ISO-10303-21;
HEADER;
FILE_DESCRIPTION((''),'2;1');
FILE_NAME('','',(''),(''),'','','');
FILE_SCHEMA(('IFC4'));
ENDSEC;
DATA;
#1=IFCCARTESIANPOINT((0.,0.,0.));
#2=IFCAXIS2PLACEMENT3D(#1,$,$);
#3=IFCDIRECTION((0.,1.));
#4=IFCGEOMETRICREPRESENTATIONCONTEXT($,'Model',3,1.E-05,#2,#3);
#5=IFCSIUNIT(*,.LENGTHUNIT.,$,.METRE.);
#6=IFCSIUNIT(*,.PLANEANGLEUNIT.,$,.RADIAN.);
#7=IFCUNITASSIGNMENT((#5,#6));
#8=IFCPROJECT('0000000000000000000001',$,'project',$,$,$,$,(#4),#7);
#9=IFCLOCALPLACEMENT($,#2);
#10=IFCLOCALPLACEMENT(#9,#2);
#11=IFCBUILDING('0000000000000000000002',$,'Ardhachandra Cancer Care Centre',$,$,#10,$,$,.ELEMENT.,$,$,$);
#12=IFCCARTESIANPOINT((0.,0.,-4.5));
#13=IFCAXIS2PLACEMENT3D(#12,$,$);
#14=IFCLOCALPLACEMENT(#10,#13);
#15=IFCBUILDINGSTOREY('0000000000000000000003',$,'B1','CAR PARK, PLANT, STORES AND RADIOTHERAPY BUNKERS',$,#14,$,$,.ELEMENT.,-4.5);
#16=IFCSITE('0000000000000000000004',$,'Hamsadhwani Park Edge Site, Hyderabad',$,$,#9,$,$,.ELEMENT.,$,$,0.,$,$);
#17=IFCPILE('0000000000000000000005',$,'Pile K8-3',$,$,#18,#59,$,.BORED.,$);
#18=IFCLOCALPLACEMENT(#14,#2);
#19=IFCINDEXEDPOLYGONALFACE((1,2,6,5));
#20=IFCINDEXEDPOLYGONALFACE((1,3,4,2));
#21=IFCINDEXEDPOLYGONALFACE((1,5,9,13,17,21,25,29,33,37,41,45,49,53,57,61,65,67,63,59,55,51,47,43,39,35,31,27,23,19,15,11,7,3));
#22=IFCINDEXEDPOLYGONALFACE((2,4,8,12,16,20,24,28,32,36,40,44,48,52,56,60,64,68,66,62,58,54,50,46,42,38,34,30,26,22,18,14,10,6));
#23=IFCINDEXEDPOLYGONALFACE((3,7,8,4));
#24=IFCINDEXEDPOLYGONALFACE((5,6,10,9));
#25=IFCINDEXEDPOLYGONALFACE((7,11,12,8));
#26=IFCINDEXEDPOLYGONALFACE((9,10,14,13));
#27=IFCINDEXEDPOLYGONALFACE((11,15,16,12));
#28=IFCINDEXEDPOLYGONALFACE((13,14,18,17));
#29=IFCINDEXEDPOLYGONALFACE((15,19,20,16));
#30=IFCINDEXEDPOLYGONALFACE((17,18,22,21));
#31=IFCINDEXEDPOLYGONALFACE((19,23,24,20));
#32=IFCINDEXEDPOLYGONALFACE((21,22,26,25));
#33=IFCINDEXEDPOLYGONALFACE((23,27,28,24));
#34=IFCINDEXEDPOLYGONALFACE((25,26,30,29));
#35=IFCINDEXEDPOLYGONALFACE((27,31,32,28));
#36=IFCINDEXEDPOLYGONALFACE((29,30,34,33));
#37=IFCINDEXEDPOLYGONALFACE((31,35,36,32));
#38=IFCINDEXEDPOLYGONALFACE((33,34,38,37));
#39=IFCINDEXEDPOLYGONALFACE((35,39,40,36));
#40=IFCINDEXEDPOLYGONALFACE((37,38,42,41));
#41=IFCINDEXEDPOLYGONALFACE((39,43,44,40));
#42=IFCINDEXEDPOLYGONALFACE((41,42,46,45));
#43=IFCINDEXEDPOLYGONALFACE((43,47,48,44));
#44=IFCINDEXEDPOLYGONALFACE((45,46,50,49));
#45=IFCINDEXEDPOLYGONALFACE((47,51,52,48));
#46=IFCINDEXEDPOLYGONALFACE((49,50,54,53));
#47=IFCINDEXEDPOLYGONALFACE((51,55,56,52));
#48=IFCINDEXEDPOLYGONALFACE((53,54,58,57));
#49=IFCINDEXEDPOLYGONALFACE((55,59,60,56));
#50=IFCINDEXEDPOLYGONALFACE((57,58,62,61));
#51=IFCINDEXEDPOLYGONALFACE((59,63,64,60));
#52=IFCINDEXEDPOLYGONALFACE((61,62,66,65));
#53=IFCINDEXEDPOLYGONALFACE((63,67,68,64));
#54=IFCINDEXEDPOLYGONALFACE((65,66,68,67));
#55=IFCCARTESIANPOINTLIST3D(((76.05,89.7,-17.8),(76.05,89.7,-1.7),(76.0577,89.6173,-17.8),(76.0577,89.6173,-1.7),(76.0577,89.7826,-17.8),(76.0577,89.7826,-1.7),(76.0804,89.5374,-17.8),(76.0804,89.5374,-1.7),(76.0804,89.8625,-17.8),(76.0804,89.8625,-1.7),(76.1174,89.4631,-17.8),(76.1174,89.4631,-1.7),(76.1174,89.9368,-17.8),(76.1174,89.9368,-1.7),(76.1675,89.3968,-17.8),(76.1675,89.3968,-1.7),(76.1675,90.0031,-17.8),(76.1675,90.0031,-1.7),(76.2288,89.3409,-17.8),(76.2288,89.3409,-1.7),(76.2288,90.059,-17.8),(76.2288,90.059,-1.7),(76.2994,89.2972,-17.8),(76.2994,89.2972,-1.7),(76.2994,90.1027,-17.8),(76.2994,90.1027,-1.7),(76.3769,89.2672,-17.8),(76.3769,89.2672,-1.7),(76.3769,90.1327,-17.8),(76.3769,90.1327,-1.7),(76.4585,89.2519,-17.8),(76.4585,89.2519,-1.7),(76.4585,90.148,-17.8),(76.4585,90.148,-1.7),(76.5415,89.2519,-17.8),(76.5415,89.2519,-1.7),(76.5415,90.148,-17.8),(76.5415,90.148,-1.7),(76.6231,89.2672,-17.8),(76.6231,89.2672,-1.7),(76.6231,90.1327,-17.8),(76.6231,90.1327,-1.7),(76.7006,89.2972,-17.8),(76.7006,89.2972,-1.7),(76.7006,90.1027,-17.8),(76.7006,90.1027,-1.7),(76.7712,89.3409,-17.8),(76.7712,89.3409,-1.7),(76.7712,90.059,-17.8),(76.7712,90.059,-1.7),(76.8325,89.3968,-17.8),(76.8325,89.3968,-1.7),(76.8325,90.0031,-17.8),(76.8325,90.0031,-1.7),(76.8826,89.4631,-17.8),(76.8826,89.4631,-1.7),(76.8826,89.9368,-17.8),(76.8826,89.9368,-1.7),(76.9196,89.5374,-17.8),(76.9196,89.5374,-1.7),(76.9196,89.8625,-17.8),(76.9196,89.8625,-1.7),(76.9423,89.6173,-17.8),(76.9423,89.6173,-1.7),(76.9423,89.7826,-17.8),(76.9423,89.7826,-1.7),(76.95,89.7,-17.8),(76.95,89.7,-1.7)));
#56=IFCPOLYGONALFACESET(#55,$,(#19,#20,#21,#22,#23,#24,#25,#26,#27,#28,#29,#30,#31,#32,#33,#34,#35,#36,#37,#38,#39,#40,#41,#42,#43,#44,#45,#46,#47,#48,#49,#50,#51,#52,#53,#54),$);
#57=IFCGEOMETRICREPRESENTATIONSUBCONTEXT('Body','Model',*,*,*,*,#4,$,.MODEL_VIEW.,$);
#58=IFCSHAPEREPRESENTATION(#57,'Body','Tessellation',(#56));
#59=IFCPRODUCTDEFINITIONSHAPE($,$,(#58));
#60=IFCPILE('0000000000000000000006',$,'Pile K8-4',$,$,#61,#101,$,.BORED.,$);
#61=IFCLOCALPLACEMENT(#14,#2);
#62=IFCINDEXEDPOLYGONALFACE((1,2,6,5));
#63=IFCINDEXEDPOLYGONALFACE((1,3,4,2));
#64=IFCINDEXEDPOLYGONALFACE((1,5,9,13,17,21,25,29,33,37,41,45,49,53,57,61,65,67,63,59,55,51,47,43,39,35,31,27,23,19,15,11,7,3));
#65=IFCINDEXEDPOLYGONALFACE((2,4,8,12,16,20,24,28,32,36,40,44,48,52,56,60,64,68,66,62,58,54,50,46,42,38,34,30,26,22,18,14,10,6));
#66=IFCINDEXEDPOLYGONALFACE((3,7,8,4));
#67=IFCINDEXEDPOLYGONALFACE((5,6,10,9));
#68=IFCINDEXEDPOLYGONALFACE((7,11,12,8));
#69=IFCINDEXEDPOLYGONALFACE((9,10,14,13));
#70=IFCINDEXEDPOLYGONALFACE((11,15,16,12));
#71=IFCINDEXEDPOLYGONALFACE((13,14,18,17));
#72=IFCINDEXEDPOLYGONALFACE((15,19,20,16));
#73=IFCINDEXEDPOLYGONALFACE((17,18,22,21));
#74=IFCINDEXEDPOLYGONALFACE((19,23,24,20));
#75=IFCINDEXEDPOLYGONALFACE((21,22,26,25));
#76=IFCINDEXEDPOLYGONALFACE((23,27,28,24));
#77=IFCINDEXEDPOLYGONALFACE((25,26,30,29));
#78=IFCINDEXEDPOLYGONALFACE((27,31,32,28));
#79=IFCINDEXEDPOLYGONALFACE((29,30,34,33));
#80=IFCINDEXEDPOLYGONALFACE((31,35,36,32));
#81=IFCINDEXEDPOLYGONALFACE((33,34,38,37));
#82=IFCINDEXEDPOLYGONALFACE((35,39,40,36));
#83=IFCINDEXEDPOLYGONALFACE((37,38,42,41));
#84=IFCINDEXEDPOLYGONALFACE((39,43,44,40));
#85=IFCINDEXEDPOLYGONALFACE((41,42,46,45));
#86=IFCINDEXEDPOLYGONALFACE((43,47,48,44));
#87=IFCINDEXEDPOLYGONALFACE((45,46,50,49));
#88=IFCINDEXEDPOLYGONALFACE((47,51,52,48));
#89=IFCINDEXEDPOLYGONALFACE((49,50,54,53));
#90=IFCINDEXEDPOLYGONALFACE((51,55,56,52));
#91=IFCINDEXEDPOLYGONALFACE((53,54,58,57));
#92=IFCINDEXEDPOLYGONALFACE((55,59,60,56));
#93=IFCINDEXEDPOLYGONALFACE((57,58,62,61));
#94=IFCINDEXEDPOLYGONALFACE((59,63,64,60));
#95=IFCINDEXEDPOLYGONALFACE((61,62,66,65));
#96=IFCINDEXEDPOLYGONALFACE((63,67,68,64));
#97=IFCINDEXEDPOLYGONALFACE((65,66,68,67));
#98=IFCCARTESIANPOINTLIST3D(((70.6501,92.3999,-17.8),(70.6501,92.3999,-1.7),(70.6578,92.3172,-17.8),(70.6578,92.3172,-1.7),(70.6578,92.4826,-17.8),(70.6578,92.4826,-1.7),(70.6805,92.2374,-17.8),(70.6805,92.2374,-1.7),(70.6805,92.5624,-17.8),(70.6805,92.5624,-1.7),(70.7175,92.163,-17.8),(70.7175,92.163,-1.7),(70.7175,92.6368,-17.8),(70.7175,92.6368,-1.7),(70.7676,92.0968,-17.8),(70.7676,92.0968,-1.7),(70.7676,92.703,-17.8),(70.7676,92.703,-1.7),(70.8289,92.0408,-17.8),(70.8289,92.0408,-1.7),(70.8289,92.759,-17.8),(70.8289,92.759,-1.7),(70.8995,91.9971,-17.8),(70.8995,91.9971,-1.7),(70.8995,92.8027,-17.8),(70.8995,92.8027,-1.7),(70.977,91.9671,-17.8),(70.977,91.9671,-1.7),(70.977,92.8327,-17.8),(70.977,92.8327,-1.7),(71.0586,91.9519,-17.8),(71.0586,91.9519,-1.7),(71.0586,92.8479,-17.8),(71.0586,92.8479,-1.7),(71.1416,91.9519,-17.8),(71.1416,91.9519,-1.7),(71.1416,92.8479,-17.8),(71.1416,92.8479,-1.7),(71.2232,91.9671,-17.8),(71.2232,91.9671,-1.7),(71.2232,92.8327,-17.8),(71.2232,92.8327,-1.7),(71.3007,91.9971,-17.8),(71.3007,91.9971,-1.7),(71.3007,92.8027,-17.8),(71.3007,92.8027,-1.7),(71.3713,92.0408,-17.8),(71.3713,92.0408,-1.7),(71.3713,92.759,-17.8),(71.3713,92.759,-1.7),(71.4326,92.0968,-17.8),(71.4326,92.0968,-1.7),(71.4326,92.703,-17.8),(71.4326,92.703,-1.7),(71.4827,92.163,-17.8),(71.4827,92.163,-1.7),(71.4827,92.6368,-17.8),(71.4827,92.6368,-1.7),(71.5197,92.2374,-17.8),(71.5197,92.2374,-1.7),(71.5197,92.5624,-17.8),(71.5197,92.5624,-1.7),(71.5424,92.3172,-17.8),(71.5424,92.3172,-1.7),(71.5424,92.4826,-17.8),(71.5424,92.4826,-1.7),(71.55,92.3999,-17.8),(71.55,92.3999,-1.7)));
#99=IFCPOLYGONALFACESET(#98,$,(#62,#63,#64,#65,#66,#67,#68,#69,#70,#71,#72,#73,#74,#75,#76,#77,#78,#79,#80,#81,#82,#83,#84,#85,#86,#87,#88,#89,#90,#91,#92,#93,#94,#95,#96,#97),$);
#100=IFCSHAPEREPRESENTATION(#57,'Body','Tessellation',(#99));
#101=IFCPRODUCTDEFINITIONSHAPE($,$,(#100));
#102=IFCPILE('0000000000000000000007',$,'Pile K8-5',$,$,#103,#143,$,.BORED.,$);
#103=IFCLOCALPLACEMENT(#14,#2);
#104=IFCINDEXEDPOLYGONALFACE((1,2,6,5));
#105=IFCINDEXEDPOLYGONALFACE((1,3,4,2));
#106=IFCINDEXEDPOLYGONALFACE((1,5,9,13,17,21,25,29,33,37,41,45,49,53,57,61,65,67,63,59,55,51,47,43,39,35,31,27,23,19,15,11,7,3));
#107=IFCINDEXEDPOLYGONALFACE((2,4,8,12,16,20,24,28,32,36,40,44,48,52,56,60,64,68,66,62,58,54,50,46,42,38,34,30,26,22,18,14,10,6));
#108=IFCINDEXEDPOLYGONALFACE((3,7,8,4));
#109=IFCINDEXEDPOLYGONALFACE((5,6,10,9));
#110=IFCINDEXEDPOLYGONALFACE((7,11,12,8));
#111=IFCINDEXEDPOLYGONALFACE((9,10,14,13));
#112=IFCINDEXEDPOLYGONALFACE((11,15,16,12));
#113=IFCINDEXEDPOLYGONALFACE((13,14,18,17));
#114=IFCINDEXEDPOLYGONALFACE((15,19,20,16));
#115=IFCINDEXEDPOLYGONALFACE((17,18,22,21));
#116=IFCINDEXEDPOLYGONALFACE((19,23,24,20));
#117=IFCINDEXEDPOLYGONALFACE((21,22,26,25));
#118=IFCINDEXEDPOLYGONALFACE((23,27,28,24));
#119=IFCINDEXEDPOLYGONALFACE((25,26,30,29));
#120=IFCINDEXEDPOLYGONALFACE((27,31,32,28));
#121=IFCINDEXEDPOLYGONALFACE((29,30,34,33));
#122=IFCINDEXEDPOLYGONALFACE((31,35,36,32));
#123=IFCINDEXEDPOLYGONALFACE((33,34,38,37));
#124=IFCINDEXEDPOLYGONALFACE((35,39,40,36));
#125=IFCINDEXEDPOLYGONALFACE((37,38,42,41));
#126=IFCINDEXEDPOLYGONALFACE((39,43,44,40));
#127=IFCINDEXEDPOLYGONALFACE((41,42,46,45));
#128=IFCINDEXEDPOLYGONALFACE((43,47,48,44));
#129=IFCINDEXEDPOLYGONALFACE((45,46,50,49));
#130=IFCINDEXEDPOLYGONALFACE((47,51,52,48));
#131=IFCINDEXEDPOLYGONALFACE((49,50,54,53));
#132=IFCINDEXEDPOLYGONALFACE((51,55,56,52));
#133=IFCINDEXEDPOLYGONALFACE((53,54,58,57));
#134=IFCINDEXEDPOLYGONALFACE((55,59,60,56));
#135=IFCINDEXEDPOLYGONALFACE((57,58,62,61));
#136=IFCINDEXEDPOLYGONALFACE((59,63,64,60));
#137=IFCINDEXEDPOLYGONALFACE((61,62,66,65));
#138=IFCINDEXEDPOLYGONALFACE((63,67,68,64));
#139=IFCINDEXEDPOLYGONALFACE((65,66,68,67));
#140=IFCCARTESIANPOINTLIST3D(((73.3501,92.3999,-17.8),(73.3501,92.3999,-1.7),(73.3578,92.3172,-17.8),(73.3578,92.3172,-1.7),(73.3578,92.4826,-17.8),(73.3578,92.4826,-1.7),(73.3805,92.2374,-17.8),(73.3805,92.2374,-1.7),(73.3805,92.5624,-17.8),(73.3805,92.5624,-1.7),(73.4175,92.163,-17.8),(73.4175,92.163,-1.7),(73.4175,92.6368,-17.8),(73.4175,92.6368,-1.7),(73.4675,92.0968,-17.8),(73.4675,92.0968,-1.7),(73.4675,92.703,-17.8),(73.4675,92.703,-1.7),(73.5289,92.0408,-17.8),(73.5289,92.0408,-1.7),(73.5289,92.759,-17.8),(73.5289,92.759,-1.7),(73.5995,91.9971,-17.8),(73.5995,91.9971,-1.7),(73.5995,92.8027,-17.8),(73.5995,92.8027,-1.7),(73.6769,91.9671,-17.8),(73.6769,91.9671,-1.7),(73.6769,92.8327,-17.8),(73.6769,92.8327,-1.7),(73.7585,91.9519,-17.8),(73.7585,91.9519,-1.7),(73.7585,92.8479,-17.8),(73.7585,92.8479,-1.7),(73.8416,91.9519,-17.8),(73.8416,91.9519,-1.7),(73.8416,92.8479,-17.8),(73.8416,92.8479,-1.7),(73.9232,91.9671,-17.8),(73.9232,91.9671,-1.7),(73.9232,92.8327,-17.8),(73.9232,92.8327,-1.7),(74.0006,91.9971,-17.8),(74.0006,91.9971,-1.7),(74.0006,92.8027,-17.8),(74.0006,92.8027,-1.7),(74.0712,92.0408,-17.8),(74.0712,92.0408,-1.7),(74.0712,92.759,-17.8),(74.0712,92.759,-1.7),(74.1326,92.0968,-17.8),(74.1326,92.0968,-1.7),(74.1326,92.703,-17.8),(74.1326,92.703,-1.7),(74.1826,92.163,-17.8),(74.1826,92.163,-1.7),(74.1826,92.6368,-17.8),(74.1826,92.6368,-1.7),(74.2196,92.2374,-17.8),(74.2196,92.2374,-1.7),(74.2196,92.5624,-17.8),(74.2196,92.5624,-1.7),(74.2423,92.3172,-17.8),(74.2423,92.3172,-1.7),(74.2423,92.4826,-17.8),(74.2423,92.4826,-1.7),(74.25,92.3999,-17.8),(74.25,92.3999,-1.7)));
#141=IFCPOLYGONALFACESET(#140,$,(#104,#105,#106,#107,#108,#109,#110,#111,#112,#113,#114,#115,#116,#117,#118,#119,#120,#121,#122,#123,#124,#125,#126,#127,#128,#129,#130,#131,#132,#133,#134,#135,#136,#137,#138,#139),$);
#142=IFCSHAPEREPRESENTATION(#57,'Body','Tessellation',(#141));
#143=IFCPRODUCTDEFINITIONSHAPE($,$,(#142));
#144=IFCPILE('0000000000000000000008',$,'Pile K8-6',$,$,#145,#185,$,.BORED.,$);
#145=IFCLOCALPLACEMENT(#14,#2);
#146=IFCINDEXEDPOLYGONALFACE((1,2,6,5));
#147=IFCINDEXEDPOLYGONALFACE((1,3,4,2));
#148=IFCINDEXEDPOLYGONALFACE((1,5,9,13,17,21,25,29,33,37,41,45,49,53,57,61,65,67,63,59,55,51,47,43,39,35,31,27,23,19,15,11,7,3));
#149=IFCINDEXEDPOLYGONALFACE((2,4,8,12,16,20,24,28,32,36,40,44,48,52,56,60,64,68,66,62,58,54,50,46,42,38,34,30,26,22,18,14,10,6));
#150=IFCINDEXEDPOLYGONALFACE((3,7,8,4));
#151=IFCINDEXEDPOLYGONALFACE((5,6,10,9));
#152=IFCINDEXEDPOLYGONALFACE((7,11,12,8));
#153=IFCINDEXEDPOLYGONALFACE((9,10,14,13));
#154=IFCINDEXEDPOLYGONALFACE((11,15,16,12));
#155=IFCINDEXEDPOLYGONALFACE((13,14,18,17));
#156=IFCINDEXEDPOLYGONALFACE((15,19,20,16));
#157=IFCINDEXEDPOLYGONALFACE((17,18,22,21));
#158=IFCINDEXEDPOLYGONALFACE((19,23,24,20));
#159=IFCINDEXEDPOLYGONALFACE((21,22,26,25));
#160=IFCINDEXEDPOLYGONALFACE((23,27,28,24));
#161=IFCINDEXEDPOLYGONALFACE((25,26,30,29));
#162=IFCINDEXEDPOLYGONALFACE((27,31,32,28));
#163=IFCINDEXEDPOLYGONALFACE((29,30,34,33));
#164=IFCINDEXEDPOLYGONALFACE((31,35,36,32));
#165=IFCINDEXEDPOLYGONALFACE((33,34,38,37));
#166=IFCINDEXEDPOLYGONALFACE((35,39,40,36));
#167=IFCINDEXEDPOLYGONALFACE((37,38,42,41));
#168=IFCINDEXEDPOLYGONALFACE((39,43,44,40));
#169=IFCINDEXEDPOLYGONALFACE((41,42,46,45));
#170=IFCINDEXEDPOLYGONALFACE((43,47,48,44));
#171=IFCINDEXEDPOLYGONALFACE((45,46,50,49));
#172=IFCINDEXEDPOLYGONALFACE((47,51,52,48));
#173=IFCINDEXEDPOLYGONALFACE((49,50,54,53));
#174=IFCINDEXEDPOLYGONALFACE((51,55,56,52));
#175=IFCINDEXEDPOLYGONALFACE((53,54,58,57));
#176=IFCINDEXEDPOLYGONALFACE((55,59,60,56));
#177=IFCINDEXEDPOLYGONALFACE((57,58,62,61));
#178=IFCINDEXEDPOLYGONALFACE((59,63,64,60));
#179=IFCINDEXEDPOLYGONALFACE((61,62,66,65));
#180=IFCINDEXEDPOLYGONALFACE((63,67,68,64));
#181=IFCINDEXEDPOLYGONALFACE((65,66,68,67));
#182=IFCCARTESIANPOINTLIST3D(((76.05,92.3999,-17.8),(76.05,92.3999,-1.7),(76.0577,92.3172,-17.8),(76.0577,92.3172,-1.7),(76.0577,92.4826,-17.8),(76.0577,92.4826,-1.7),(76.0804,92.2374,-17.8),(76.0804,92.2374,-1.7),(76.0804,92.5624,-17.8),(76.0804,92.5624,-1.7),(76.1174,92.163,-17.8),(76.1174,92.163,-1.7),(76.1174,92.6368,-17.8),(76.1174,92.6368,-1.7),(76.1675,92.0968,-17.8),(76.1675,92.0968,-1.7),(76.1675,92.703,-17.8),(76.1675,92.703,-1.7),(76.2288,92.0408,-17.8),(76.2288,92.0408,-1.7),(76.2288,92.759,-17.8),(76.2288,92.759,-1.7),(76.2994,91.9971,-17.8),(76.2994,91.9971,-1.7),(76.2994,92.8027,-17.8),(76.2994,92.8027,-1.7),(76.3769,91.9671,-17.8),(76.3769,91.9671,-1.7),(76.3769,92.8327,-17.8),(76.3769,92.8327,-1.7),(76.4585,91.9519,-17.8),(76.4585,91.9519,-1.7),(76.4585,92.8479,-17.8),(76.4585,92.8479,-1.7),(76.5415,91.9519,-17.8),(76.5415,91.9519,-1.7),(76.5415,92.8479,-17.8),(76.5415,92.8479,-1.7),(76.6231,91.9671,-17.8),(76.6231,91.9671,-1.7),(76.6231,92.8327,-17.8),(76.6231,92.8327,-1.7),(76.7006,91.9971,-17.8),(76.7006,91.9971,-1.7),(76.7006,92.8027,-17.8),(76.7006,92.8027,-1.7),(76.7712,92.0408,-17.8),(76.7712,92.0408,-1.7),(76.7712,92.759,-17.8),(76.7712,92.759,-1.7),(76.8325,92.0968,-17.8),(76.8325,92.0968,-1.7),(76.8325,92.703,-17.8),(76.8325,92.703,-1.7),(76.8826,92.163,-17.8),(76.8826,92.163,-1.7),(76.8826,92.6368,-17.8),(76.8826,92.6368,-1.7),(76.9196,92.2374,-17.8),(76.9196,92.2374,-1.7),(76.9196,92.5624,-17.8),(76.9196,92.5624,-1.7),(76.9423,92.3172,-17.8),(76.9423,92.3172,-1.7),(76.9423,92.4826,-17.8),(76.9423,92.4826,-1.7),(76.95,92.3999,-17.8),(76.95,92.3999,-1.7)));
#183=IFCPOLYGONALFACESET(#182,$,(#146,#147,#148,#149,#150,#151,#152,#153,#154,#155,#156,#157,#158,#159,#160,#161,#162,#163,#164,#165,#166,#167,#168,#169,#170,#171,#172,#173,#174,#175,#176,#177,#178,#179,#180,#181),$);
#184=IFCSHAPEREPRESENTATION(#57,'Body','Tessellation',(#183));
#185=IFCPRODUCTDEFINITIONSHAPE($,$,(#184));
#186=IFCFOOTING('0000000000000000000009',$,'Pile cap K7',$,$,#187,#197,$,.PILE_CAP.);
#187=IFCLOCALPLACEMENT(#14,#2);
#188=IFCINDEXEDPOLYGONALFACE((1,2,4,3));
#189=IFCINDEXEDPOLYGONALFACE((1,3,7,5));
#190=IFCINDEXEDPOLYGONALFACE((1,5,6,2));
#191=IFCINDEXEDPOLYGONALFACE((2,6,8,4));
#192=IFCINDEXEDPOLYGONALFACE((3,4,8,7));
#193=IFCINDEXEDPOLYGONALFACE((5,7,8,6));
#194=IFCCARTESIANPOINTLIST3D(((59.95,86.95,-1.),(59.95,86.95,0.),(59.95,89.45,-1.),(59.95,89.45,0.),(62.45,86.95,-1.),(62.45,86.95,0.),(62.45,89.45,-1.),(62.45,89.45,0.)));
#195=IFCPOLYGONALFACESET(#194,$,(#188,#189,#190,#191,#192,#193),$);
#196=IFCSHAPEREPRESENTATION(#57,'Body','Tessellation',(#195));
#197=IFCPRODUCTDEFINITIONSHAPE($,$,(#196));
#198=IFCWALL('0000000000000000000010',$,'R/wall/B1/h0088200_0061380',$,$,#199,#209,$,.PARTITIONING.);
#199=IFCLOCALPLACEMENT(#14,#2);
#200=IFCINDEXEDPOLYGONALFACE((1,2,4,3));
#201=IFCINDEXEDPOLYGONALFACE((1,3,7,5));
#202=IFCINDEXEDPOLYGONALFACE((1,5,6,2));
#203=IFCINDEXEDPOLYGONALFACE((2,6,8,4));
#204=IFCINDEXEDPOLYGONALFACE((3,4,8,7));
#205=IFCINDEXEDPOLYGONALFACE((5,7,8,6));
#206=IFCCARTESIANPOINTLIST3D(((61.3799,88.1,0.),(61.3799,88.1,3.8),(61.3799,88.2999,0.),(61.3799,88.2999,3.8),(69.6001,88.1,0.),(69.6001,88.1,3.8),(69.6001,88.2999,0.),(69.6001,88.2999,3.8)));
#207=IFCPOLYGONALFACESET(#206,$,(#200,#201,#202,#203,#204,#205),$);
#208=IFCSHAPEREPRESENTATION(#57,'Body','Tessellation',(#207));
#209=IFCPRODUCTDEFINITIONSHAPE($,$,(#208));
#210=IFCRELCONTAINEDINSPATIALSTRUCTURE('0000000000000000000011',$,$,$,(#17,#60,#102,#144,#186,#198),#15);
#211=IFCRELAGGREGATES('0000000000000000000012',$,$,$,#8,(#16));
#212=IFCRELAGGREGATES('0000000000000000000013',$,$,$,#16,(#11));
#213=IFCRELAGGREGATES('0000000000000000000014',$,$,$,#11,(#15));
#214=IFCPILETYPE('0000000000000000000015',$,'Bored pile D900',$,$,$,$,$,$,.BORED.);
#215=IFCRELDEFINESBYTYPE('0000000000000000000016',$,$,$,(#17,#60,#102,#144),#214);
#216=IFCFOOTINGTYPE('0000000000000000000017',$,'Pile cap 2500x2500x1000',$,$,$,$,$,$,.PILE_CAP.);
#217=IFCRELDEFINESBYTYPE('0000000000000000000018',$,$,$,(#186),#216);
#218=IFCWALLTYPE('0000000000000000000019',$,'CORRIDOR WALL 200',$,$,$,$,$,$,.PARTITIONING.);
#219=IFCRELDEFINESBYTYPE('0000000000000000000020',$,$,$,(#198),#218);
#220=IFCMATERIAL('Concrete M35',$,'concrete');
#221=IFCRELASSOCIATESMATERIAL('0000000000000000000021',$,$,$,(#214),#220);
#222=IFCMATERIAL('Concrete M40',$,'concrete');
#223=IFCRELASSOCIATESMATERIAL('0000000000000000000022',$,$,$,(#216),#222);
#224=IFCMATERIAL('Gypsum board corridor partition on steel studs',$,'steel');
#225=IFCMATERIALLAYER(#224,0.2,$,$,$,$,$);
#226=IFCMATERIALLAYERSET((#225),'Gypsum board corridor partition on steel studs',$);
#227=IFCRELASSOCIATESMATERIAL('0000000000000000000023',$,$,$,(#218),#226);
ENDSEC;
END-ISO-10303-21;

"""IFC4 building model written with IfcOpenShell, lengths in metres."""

from ifc_helpers import new_model, si_unit, direction, frame, frame_2d, origin, origin_2d, place, context, subcontext, project, spatial, rectangle, circle, extrude, material, layer, layer_set, material_profile, profile_set, type_object, element, save


model = new_model("IFC4")

# Units and contexts
model_context = context("Model", 3, precision=1e-05, world=origin(), true_north=direction((0.0, 1.0)))
body_context = subcontext(model_context, "Body", "Model", "MODEL_VIEW")
ifc_project = project(units=[si_unit("LENGTHUNIT", "METRE"), si_unit("PLANEANGLEUNIT", "RADIAN")], contexts=[model_context])

# Site, building, storey
site_placement = place(None, origin())
site = spatial("IfcSite", under=ifc_project, at=site_placement, Name="Hamsadhwani Park Edge Site, Hyderabad", CompositionType="ELEMENT", RefElevation=0.0)
building_placement = place(site_placement, origin())
building = spatial("IfcBuilding", under=site, at=building_placement, Name="Ardhachandra Cancer Care Centre", CompositionType="ELEMENT")
storey_placement = place(building_placement, frame((0.0, 0.0, -4.5)))
storey = spatial("IfcBuildingStorey", under=building, at=storey_placement, Name="B1", Description="CAR PARK, PLANT, STORES AND RADIOTHERAPY BUNKERS", CompositionType="ELEMENT", Elevation=-4.5)

# Piles
ifc_material_1 = material(Name="Concrete M35", Category="concrete")
ifc_material_profile_1 = material_profile(ifc_material_1, circle(Radius=0.45, at=origin_2d()), Name="D900")
ifc_profile_set_1 = profile_set([ifc_material_profile_1], Name="Concrete M35")
pile_type_1 = type_object("IfcPileType", Name="Bored pile D900", PredefinedType="BORED", material=ifc_profile_set_1)
for number, where, z_axis, x_axis, name in (
    (1, (76.5, 89.7, -1.7), (0.0, 0.0, -1.0), (1.0, 0.0, 0.0), "Pile K8-3"),
    (2, (71.1001, 92.3999, -1.7), (0.0, 0.0, -1.0), (1.0, 0.0, 0.0), "Pile K8-4"),
    (3, (73.8, 92.3999, -1.7), (0.0, 0.0, -1.0), (1.0, 0.0, 0.0), "Pile K8-5"),
    (4, (76.5, 92.3999, -1.7), (0.0, 0.0, -1.0), (1.0, 0.0, 0.0), "Pile K8-6"),
):
    element("IfcPile", number, at=place(storey_placement, frame(where, z_axis=z_axis, x_axis=x_axis)), inside=storey, type_object=pile_type_1, Name=name, PredefinedType="BORED", context=body_context, shape_type="SweptSolid", body=[
        extrude(circle(Radius=0.45, at=origin_2d()), origin(), (0.0, 0.0, 1.0), 16.1001),
    ])

# Footing
ifc_material_2 = material(Name="Concrete M40", Category="concrete")
footing_type = type_object("IfcFootingType", Name="Pile cap 2500x2500x1000", PredefinedType="PILE_CAP", material=ifc_material_2)
footing_placement = place(storey_placement, frame((61.2, 88.2, -1.0), z_axis=(0.0, 0.0, 1.0), x_axis=(1.0, 0.0, 0.0)))
element("IfcFooting", 5, at=footing_placement, inside=storey, type_object=footing_type, Name="Pile cap K7", PredefinedType="PILE_CAP", context=body_context, shape_type="SweptSolid", body=[
    extrude(rectangle(XDim=2.5, YDim=2.5, at=origin_2d()), origin(), (0.0, 0.0, 1.0), 1.0),
])

# Wall
ifc_material_3 = material(Name="Gypsum board corridor partition on steel studs", Category="steel")
ifc_layer_1 = layer(ifc_material_3, 0.2)
ifc_layer_set_1 = layer_set([ifc_layer_1], Name="Gypsum board corridor partition on steel studs")
wall_type_1 = type_object("IfcWallType", Name="CORRIDOR WALL 200", PredefinedType="PARTITIONING", material=ifc_layer_set_1)
wall_1_placement = place(storey_placement, frame((61.3799, 88.2, 0.0), z_axis=(0.0, 0.0, 1.0), x_axis=(1.0, 0.0, 0.0)))
element("IfcWall", 6, at=wall_1_placement, inside=storey, type_object=wall_type_1, Name="R/wall/B1/h0088200_0061380", PredefinedType="PARTITIONING", context=body_context, shape_type="SweptSolid", body=[
    extrude(rectangle(XDim=8.2202, YDim=0.2, at=frame_2d((4.1101, 0.0))), origin(), (0.0, 0.0, 1.0), 3.8),
])

save(model, "model.ifc")
